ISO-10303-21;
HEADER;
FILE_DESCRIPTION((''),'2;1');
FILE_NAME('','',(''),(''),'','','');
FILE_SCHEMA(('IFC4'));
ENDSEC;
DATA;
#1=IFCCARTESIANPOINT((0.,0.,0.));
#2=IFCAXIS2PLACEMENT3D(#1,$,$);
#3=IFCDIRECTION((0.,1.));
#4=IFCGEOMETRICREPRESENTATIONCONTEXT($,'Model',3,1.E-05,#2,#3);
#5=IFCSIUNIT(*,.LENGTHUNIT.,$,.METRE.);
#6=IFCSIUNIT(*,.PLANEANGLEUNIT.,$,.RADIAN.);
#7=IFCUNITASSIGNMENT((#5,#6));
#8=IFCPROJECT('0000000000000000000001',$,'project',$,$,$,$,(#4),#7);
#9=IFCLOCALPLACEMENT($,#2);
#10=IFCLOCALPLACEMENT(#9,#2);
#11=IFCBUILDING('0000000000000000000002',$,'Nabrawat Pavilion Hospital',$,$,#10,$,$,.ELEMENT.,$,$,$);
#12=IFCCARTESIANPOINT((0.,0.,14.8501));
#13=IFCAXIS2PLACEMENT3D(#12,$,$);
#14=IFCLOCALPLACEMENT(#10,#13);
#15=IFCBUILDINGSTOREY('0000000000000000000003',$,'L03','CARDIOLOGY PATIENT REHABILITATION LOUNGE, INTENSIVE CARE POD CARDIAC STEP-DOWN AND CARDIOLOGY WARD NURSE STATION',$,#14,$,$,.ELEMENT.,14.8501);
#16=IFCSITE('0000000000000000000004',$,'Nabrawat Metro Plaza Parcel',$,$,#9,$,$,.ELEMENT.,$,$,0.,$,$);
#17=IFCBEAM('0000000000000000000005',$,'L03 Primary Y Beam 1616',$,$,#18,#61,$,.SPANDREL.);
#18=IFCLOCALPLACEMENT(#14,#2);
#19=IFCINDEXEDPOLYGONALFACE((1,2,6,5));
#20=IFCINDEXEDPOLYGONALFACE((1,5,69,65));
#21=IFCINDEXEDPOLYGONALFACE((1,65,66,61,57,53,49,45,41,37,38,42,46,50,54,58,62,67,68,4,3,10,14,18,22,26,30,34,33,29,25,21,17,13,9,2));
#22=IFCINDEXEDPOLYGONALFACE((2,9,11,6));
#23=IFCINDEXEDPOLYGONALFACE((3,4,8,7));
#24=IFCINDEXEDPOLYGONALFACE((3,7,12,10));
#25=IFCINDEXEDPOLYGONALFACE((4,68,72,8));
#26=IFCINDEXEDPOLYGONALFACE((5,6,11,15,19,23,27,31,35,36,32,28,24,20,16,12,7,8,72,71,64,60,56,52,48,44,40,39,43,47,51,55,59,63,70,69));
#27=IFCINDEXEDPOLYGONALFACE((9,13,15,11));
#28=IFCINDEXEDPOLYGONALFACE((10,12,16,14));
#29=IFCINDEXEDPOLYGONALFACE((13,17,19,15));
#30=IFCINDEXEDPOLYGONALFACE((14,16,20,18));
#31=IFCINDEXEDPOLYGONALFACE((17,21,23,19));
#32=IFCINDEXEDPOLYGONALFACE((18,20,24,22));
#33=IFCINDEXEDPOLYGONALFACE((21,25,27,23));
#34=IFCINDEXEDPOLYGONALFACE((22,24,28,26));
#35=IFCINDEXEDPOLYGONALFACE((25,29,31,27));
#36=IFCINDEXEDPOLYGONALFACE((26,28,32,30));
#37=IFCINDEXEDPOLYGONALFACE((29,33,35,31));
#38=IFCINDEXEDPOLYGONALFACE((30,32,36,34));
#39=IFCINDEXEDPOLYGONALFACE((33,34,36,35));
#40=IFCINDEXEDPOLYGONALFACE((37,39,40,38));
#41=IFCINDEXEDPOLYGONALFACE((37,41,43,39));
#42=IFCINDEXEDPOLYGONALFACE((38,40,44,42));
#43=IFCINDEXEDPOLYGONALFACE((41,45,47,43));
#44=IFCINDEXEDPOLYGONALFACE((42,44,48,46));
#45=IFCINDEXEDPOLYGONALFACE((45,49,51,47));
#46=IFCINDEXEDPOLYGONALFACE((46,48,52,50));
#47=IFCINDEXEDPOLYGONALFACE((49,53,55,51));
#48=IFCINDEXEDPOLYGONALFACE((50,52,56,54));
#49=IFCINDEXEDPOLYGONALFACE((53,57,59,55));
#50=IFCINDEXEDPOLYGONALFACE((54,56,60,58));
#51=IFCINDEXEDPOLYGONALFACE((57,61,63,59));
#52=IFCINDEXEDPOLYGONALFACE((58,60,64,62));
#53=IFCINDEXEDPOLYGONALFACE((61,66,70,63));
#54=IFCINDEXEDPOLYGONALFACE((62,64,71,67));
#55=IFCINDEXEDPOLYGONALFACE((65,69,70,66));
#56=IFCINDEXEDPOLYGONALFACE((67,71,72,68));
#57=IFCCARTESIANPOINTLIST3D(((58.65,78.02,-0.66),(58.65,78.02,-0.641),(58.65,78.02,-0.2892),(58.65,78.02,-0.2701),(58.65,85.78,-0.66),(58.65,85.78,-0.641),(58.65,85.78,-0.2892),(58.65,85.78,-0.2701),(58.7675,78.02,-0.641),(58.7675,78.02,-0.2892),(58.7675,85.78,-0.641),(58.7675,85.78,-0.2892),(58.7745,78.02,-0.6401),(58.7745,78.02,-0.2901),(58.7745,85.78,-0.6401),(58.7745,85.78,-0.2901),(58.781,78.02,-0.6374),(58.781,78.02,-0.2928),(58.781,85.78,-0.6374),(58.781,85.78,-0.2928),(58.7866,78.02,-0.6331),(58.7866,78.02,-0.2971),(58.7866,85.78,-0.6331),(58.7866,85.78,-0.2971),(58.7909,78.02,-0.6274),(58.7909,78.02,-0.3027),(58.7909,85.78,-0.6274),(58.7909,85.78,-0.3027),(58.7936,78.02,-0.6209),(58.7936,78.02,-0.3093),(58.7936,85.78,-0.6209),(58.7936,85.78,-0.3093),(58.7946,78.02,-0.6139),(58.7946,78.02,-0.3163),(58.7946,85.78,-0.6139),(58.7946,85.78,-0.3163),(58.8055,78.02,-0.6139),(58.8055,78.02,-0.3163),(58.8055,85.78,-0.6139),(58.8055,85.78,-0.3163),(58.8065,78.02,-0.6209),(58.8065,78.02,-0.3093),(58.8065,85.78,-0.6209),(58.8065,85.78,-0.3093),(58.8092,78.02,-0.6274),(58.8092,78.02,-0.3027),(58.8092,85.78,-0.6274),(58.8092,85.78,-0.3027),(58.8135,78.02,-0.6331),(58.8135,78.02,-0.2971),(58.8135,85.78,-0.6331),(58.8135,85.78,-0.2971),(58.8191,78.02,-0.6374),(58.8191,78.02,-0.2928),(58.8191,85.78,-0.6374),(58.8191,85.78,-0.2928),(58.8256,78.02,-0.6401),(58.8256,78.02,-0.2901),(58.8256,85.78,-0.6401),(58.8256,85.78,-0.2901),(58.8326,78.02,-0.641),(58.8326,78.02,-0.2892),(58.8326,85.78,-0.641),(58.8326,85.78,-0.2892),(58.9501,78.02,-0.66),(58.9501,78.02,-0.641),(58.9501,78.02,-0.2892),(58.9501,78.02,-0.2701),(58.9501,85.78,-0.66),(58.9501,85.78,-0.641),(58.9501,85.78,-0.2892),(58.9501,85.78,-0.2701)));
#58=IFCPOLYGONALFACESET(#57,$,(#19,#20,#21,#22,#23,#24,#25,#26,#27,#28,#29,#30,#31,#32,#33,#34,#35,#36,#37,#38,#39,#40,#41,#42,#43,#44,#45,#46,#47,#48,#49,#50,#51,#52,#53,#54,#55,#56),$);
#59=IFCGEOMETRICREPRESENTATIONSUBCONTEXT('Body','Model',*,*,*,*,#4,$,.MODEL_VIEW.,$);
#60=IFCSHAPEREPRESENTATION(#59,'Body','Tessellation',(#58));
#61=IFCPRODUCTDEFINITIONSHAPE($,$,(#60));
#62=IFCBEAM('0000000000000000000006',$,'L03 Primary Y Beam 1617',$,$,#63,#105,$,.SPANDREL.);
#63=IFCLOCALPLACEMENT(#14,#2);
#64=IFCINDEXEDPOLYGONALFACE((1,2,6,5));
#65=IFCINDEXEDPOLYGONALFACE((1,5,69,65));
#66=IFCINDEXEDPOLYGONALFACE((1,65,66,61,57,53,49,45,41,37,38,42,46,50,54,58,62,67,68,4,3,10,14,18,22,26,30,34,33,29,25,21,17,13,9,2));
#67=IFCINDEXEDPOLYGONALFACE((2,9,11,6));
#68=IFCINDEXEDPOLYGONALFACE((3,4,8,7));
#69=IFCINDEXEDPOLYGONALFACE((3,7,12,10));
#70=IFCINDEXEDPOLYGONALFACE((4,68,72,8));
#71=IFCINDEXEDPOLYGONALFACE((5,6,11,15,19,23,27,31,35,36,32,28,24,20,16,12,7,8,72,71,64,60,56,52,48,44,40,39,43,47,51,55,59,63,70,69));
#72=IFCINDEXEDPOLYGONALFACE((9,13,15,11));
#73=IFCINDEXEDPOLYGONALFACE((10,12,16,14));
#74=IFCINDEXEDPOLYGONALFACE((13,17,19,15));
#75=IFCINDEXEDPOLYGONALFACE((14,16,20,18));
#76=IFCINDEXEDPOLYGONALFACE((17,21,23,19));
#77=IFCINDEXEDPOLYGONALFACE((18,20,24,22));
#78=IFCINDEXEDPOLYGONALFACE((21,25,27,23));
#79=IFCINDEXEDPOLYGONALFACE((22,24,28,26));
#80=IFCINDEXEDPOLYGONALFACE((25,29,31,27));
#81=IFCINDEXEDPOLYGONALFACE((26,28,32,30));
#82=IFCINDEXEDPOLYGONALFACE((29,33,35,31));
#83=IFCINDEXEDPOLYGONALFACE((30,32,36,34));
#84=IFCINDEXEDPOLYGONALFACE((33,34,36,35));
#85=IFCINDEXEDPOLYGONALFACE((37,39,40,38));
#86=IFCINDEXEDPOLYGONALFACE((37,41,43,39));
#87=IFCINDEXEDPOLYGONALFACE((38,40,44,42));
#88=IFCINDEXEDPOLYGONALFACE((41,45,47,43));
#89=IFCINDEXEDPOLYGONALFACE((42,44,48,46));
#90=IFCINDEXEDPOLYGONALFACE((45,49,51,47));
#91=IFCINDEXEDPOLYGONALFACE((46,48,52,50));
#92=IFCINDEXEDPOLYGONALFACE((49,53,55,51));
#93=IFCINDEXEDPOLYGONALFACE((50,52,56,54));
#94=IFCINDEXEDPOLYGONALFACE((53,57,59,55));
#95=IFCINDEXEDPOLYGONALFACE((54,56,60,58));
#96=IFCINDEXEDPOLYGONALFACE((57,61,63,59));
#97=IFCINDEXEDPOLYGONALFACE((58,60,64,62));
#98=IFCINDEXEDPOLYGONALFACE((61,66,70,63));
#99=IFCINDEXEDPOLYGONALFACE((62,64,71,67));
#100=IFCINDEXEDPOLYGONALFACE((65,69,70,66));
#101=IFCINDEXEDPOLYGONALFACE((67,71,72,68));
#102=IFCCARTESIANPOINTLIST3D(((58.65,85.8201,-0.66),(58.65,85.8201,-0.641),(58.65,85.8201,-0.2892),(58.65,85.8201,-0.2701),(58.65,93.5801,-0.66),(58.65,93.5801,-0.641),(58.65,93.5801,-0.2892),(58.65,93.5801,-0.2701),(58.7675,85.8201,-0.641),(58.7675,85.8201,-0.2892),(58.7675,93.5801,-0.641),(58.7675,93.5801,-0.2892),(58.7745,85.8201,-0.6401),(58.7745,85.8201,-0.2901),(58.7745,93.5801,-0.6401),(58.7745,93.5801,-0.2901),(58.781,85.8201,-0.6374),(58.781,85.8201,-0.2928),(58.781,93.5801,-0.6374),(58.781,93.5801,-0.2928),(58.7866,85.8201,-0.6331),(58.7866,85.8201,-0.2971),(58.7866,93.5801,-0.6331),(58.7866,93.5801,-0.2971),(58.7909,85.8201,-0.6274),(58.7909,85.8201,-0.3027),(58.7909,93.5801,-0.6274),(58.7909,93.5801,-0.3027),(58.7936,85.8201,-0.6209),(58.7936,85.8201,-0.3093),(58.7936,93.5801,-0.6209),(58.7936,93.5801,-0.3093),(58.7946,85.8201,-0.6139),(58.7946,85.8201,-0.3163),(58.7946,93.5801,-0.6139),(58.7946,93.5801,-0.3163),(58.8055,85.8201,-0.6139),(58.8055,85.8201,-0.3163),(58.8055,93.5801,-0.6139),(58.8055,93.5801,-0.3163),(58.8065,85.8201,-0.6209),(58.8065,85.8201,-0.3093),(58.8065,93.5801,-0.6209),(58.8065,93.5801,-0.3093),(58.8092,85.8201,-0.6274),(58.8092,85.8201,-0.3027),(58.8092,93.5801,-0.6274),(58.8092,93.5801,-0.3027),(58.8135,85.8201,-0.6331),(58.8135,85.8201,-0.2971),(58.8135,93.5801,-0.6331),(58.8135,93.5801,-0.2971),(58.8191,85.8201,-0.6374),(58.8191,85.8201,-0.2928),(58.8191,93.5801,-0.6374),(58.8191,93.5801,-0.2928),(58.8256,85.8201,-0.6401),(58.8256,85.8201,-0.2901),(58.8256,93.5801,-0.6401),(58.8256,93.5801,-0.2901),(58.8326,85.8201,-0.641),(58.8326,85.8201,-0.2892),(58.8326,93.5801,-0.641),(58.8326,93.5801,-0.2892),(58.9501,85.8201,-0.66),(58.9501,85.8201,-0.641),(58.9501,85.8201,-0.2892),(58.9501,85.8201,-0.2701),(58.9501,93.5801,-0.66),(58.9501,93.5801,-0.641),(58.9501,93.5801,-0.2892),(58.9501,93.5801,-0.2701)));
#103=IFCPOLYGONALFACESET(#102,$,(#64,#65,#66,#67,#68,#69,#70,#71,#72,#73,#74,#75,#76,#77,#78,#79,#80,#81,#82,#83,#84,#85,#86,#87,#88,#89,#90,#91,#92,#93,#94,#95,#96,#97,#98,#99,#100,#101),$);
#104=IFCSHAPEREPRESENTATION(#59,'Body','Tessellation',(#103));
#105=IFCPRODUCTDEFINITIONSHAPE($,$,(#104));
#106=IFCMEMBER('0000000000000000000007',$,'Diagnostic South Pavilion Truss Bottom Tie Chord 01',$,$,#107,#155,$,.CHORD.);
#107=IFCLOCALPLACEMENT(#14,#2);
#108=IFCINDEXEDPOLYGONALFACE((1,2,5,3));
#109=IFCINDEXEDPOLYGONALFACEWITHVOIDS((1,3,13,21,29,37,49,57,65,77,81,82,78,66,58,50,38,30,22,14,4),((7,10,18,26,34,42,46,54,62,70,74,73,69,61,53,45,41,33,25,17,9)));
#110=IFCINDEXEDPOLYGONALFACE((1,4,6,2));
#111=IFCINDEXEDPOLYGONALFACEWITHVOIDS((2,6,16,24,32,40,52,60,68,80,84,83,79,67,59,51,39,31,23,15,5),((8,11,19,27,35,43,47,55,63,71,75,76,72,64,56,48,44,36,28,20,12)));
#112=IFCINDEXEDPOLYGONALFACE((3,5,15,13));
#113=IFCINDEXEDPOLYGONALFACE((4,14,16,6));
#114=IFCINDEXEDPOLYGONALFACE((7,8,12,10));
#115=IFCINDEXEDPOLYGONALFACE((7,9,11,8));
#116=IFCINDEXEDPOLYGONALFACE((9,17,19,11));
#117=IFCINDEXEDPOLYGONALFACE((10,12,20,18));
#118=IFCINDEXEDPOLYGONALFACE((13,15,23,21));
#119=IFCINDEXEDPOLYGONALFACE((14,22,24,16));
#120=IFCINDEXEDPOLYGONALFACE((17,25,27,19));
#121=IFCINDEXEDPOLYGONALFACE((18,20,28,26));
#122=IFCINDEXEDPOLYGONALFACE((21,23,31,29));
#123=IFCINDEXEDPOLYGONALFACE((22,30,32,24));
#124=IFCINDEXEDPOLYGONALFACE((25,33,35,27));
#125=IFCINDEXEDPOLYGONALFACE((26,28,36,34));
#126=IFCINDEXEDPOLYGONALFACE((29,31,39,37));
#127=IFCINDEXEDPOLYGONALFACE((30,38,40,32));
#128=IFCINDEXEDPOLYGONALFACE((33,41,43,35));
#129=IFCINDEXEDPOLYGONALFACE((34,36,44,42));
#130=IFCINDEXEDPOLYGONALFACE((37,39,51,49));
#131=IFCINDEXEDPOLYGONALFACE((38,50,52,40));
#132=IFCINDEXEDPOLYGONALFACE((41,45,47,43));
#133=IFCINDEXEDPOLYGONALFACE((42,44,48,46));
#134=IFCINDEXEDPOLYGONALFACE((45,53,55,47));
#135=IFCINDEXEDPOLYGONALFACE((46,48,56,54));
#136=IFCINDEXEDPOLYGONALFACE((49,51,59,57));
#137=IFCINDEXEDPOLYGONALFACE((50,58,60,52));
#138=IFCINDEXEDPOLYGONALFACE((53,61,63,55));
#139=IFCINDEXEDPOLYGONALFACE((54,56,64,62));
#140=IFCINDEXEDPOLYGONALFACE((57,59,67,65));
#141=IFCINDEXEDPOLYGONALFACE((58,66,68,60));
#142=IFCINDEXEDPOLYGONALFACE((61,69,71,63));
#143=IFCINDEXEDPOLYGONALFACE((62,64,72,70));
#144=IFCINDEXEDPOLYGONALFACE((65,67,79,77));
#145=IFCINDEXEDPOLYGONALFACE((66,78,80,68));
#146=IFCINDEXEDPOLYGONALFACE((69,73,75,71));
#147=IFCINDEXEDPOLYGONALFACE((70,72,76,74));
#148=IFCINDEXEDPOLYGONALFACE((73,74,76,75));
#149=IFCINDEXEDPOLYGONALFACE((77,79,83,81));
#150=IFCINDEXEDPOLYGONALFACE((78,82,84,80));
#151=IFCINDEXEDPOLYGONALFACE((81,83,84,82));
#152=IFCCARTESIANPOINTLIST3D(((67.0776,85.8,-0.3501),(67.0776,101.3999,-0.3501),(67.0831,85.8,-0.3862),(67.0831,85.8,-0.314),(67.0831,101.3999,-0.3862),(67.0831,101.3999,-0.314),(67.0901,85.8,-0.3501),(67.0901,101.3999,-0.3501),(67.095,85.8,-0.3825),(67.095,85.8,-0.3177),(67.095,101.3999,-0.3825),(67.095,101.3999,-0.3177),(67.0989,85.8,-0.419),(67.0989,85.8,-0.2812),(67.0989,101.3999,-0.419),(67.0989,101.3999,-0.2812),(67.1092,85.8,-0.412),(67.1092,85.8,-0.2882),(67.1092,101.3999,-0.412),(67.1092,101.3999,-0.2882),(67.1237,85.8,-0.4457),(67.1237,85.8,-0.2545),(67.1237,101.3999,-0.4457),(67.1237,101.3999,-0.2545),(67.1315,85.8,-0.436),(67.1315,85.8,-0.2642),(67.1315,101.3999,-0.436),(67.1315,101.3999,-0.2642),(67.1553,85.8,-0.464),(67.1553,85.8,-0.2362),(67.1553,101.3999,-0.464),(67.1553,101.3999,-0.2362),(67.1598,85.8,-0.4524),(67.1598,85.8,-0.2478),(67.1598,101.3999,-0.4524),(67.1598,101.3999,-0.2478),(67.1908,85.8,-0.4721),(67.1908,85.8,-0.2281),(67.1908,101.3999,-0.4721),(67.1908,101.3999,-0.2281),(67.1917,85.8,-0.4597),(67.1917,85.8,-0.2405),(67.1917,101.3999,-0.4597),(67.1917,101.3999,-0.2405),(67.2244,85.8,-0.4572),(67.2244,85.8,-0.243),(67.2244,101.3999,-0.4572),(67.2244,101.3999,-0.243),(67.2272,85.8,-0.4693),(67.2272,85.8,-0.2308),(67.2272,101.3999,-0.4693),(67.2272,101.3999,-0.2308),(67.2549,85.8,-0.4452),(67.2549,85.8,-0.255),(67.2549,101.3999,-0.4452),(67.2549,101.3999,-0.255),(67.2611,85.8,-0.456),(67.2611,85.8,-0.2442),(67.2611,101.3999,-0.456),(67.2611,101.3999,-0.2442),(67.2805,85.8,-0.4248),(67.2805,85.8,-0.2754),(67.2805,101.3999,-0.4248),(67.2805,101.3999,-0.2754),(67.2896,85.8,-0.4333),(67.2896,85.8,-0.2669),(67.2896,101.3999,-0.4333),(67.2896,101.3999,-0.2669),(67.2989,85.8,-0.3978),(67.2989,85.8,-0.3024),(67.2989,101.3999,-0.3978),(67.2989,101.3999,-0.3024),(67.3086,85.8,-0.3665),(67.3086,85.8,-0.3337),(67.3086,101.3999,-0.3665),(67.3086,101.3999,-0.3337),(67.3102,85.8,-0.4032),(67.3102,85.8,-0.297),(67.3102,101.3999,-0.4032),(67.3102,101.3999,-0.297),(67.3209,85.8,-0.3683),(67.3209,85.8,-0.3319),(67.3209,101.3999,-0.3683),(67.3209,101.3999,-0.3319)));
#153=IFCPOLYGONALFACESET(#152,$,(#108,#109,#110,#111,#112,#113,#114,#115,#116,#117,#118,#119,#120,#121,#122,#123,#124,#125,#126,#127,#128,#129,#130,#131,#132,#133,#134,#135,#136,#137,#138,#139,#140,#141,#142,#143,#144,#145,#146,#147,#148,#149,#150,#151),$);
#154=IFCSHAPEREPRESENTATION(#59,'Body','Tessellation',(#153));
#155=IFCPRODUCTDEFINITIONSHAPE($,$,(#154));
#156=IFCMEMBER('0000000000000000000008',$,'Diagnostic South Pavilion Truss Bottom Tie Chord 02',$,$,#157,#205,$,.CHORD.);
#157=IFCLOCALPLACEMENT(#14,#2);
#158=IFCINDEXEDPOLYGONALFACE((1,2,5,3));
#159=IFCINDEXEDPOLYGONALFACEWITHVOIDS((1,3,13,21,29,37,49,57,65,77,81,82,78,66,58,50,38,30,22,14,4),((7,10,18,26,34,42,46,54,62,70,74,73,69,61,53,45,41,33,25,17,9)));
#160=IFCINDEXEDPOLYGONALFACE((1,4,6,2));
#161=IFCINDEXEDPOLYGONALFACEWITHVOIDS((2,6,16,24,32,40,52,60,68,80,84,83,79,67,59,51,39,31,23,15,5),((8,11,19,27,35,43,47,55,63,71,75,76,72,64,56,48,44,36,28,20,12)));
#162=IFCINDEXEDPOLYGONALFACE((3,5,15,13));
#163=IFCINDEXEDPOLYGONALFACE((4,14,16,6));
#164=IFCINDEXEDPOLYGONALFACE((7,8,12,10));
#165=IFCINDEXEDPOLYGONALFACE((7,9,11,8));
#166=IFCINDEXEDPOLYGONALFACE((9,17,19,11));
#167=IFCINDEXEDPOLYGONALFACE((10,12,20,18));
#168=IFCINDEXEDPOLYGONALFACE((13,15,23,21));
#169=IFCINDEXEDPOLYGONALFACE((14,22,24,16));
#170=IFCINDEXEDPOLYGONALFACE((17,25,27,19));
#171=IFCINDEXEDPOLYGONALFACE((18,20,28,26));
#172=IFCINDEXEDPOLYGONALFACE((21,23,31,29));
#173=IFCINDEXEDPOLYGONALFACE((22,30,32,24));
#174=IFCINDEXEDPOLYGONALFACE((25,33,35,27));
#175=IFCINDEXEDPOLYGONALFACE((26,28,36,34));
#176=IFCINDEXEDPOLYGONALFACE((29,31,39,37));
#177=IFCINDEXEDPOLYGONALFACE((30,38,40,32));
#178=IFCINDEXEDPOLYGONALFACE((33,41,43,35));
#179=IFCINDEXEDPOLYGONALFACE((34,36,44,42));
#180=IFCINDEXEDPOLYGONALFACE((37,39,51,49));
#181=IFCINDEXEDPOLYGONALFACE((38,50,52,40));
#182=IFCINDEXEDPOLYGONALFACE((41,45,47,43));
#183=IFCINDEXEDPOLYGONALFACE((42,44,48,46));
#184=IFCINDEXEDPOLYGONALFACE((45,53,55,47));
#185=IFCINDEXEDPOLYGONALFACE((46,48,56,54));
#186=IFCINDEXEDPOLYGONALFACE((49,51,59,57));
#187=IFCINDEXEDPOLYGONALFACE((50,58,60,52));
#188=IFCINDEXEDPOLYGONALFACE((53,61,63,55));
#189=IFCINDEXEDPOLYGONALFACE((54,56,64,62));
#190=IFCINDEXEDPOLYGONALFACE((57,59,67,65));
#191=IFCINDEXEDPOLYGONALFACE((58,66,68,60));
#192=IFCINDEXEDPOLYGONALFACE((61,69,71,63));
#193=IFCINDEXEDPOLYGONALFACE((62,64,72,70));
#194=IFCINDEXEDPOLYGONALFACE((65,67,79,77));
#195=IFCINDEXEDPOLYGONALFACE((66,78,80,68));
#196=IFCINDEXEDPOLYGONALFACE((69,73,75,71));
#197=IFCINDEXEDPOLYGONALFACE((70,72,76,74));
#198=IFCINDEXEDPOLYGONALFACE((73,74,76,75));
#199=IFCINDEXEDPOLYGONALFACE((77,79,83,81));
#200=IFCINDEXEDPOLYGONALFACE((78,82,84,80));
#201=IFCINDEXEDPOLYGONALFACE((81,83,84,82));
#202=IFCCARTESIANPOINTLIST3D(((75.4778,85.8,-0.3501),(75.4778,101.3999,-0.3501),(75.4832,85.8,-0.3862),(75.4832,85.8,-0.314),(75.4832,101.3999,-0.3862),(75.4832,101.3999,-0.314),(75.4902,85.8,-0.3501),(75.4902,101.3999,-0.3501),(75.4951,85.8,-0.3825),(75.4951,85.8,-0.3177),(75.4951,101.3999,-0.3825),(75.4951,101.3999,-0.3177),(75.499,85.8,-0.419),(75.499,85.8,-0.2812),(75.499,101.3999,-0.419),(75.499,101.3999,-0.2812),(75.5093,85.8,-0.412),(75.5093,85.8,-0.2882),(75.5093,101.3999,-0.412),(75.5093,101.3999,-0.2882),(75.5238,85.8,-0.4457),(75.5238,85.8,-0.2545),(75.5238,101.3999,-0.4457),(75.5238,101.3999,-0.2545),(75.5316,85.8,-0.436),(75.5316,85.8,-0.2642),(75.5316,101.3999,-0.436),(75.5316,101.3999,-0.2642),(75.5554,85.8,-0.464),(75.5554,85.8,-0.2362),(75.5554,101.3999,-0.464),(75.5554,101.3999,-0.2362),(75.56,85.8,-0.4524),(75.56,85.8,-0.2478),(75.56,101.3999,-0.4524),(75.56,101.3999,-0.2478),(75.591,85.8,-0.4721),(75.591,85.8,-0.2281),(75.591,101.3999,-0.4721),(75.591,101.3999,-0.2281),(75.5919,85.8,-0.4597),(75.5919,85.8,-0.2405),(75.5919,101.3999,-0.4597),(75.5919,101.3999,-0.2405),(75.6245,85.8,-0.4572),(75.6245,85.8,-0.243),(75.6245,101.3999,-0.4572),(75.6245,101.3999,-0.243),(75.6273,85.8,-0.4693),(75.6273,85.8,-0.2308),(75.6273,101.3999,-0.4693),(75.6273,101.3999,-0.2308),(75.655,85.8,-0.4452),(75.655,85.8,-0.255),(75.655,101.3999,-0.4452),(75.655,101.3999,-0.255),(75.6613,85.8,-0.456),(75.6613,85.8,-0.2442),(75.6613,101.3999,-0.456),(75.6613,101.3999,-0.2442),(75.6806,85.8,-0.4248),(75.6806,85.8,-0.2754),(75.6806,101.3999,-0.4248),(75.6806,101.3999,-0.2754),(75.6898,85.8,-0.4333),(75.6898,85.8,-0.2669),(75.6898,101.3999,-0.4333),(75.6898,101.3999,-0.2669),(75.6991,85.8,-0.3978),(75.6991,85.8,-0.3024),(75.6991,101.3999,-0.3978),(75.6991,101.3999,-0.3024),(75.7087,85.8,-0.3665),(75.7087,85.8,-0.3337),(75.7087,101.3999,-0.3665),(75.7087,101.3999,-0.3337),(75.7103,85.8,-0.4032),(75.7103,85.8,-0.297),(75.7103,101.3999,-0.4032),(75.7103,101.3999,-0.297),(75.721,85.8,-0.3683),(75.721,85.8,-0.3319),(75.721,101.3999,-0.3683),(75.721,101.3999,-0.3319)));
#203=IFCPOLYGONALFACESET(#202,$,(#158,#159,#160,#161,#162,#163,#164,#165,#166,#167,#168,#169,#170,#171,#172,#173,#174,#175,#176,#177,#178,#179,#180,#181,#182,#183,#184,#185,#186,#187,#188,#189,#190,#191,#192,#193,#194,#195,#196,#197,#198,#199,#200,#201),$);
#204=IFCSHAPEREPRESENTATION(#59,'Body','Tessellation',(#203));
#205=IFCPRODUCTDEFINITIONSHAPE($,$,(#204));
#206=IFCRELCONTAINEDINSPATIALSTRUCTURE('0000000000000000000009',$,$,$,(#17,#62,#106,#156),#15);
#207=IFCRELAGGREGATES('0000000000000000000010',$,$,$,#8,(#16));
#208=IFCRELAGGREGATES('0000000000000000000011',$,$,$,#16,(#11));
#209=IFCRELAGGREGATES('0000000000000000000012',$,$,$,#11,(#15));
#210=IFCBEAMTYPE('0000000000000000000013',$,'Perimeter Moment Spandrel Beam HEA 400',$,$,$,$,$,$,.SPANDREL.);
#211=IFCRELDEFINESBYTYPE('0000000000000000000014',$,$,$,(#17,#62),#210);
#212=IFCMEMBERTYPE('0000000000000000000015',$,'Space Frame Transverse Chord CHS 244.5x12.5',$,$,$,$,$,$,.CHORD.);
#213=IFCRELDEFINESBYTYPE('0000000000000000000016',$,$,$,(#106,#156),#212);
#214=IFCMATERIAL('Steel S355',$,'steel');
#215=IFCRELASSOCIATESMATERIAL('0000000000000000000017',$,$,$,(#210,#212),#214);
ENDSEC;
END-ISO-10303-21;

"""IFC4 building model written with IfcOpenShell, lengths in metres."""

from ifc_helpers import new_model, si_unit, direction, frame, origin, origin_2d, place, context, subcontext, project, spatial, hollow_circle, i_section, extrude, material, material_profile, profile_set, type_object, element, save


model = new_model("IFC4")

# Units and contexts
model_context = context("Model", 3, precision=1e-05, world=origin(), true_north=direction((0.0, 1.0)))
body_context = subcontext(model_context, "Body", "Model", "MODEL_VIEW")
ifc_project = project(units=[si_unit("LENGTHUNIT", "METRE"), si_unit("PLANEANGLEUNIT", "RADIAN")], contexts=[model_context])

# Site, building, storey
site_placement = place(None, origin())
site = spatial("IfcSite", under=ifc_project, at=site_placement, Name="Nabrawat Metro Plaza Parcel", CompositionType="ELEMENT", RefElevation=0.0)
building_placement = place(site_placement, origin())
building = spatial("IfcBuilding", under=site, at=building_placement, Name="Nabrawat Pavilion Hospital", CompositionType="ELEMENT")
storey_placement = place(building_placement, frame((0.0, 0.0, 14.8501)))
storey = spatial("IfcBuildingStorey", under=building, at=storey_placement, Name="L03", Description="CARDIOLOGY PATIENT REHABILITATION LOUNGE, INTENSIVE CARE POD CARDIAC STEP-DOWN AND CARDIOLOGY WARD NURSE STATION", CompositionType="ELEMENT", Elevation=14.8501)

# Shared definitions
ifc_material_1 = material(Name="Steel S355", Category="steel")

# Beams
ifc_material_profile_1 = material_profile(ifc_material_1, i_section(OverallWidth=0.3, OverallDepth=0.3899, WebThickness=0.011, FlangeThickness=0.019, FilletRadius=0.0271, at=origin_2d()), Name="HEA 400")
ifc_profile_set_1 = profile_set([ifc_material_profile_1], Name="Steel S355")
beam_type = type_object("IfcBeamType", Name="Perimeter Moment Spandrel Beam HEA 400", PredefinedType="SPANDREL", material=ifc_profile_set_1)
for number, where, z_axis, x_axis, name in (
    (1, (58.8, 78.02, -0.4651), (0.0, 1.0, 0.0), (-1.0, 0.0, 0.0), "L03 Primary Y Beam 1616"),
    (2, (58.8, 85.8201, -0.4651), (0.0, 1.0, 0.0), (-1.0, 0.0, 0.0), "L03 Primary Y Beam 1617"),
):
    element("IfcBeam", number, at=place(storey_placement, frame(where, z_axis=z_axis, x_axis=x_axis)), inside=storey, type_object=beam_type, Name=name, PredefinedType="SPANDREL", context=body_context, shape_type="SweptSolid", body=[
        extrude(i_section(OverallWidth=0.3, OverallDepth=0.3899, WebThickness=0.011, FlangeThickness=0.019, FilletRadius=0.0271, at=origin_2d()), origin(), (0.0, 0.0, 1.0), 7.76),
    ])

# Members
ifc_material_profile_2 = material_profile(ifc_material_1, hollow_circle(Radius=0.1223, WallThickness=0.0125, at=origin_2d()), Name="CHS 244.5x12.5")
ifc_profile_set_2 = profile_set([ifc_material_profile_2], Name="Steel S355")
member_type_1 = type_object("IfcMemberType", Name="Space Frame Transverse Chord CHS 244.5x12.5", PredefinedType="CHORD", material=ifc_profile_set_2)
for number, where, z_axis, x_axis, name in (
    (3, (67.2, 85.8, -0.3501), (0.0, 1.0, 0.0), (-1.0, 0.0, 0.0), "Diagnostic South Pavilion Truss Bottom Tie Chord 01"),
    (4, (75.6001, 85.8, -0.3501), (0.0, 1.0, 0.0), (-1.0, 0.0, 0.0), "Diagnostic South Pavilion Truss Bottom Tie Chord 02"),
):
    element("IfcMember", number, at=place(storey_placement, frame(where, z_axis=z_axis, x_axis=x_axis)), inside=storey, type_object=member_type_1, Name=name, PredefinedType="CHORD", context=body_context, shape_type="SweptSolid", body=[
        extrude(hollow_circle(Radius=0.1223, WallThickness=0.0125, at=origin_2d()), origin(), (0.0, 0.0, 1.0), 15.5999),
    ])

save(model, "model.ifc")
